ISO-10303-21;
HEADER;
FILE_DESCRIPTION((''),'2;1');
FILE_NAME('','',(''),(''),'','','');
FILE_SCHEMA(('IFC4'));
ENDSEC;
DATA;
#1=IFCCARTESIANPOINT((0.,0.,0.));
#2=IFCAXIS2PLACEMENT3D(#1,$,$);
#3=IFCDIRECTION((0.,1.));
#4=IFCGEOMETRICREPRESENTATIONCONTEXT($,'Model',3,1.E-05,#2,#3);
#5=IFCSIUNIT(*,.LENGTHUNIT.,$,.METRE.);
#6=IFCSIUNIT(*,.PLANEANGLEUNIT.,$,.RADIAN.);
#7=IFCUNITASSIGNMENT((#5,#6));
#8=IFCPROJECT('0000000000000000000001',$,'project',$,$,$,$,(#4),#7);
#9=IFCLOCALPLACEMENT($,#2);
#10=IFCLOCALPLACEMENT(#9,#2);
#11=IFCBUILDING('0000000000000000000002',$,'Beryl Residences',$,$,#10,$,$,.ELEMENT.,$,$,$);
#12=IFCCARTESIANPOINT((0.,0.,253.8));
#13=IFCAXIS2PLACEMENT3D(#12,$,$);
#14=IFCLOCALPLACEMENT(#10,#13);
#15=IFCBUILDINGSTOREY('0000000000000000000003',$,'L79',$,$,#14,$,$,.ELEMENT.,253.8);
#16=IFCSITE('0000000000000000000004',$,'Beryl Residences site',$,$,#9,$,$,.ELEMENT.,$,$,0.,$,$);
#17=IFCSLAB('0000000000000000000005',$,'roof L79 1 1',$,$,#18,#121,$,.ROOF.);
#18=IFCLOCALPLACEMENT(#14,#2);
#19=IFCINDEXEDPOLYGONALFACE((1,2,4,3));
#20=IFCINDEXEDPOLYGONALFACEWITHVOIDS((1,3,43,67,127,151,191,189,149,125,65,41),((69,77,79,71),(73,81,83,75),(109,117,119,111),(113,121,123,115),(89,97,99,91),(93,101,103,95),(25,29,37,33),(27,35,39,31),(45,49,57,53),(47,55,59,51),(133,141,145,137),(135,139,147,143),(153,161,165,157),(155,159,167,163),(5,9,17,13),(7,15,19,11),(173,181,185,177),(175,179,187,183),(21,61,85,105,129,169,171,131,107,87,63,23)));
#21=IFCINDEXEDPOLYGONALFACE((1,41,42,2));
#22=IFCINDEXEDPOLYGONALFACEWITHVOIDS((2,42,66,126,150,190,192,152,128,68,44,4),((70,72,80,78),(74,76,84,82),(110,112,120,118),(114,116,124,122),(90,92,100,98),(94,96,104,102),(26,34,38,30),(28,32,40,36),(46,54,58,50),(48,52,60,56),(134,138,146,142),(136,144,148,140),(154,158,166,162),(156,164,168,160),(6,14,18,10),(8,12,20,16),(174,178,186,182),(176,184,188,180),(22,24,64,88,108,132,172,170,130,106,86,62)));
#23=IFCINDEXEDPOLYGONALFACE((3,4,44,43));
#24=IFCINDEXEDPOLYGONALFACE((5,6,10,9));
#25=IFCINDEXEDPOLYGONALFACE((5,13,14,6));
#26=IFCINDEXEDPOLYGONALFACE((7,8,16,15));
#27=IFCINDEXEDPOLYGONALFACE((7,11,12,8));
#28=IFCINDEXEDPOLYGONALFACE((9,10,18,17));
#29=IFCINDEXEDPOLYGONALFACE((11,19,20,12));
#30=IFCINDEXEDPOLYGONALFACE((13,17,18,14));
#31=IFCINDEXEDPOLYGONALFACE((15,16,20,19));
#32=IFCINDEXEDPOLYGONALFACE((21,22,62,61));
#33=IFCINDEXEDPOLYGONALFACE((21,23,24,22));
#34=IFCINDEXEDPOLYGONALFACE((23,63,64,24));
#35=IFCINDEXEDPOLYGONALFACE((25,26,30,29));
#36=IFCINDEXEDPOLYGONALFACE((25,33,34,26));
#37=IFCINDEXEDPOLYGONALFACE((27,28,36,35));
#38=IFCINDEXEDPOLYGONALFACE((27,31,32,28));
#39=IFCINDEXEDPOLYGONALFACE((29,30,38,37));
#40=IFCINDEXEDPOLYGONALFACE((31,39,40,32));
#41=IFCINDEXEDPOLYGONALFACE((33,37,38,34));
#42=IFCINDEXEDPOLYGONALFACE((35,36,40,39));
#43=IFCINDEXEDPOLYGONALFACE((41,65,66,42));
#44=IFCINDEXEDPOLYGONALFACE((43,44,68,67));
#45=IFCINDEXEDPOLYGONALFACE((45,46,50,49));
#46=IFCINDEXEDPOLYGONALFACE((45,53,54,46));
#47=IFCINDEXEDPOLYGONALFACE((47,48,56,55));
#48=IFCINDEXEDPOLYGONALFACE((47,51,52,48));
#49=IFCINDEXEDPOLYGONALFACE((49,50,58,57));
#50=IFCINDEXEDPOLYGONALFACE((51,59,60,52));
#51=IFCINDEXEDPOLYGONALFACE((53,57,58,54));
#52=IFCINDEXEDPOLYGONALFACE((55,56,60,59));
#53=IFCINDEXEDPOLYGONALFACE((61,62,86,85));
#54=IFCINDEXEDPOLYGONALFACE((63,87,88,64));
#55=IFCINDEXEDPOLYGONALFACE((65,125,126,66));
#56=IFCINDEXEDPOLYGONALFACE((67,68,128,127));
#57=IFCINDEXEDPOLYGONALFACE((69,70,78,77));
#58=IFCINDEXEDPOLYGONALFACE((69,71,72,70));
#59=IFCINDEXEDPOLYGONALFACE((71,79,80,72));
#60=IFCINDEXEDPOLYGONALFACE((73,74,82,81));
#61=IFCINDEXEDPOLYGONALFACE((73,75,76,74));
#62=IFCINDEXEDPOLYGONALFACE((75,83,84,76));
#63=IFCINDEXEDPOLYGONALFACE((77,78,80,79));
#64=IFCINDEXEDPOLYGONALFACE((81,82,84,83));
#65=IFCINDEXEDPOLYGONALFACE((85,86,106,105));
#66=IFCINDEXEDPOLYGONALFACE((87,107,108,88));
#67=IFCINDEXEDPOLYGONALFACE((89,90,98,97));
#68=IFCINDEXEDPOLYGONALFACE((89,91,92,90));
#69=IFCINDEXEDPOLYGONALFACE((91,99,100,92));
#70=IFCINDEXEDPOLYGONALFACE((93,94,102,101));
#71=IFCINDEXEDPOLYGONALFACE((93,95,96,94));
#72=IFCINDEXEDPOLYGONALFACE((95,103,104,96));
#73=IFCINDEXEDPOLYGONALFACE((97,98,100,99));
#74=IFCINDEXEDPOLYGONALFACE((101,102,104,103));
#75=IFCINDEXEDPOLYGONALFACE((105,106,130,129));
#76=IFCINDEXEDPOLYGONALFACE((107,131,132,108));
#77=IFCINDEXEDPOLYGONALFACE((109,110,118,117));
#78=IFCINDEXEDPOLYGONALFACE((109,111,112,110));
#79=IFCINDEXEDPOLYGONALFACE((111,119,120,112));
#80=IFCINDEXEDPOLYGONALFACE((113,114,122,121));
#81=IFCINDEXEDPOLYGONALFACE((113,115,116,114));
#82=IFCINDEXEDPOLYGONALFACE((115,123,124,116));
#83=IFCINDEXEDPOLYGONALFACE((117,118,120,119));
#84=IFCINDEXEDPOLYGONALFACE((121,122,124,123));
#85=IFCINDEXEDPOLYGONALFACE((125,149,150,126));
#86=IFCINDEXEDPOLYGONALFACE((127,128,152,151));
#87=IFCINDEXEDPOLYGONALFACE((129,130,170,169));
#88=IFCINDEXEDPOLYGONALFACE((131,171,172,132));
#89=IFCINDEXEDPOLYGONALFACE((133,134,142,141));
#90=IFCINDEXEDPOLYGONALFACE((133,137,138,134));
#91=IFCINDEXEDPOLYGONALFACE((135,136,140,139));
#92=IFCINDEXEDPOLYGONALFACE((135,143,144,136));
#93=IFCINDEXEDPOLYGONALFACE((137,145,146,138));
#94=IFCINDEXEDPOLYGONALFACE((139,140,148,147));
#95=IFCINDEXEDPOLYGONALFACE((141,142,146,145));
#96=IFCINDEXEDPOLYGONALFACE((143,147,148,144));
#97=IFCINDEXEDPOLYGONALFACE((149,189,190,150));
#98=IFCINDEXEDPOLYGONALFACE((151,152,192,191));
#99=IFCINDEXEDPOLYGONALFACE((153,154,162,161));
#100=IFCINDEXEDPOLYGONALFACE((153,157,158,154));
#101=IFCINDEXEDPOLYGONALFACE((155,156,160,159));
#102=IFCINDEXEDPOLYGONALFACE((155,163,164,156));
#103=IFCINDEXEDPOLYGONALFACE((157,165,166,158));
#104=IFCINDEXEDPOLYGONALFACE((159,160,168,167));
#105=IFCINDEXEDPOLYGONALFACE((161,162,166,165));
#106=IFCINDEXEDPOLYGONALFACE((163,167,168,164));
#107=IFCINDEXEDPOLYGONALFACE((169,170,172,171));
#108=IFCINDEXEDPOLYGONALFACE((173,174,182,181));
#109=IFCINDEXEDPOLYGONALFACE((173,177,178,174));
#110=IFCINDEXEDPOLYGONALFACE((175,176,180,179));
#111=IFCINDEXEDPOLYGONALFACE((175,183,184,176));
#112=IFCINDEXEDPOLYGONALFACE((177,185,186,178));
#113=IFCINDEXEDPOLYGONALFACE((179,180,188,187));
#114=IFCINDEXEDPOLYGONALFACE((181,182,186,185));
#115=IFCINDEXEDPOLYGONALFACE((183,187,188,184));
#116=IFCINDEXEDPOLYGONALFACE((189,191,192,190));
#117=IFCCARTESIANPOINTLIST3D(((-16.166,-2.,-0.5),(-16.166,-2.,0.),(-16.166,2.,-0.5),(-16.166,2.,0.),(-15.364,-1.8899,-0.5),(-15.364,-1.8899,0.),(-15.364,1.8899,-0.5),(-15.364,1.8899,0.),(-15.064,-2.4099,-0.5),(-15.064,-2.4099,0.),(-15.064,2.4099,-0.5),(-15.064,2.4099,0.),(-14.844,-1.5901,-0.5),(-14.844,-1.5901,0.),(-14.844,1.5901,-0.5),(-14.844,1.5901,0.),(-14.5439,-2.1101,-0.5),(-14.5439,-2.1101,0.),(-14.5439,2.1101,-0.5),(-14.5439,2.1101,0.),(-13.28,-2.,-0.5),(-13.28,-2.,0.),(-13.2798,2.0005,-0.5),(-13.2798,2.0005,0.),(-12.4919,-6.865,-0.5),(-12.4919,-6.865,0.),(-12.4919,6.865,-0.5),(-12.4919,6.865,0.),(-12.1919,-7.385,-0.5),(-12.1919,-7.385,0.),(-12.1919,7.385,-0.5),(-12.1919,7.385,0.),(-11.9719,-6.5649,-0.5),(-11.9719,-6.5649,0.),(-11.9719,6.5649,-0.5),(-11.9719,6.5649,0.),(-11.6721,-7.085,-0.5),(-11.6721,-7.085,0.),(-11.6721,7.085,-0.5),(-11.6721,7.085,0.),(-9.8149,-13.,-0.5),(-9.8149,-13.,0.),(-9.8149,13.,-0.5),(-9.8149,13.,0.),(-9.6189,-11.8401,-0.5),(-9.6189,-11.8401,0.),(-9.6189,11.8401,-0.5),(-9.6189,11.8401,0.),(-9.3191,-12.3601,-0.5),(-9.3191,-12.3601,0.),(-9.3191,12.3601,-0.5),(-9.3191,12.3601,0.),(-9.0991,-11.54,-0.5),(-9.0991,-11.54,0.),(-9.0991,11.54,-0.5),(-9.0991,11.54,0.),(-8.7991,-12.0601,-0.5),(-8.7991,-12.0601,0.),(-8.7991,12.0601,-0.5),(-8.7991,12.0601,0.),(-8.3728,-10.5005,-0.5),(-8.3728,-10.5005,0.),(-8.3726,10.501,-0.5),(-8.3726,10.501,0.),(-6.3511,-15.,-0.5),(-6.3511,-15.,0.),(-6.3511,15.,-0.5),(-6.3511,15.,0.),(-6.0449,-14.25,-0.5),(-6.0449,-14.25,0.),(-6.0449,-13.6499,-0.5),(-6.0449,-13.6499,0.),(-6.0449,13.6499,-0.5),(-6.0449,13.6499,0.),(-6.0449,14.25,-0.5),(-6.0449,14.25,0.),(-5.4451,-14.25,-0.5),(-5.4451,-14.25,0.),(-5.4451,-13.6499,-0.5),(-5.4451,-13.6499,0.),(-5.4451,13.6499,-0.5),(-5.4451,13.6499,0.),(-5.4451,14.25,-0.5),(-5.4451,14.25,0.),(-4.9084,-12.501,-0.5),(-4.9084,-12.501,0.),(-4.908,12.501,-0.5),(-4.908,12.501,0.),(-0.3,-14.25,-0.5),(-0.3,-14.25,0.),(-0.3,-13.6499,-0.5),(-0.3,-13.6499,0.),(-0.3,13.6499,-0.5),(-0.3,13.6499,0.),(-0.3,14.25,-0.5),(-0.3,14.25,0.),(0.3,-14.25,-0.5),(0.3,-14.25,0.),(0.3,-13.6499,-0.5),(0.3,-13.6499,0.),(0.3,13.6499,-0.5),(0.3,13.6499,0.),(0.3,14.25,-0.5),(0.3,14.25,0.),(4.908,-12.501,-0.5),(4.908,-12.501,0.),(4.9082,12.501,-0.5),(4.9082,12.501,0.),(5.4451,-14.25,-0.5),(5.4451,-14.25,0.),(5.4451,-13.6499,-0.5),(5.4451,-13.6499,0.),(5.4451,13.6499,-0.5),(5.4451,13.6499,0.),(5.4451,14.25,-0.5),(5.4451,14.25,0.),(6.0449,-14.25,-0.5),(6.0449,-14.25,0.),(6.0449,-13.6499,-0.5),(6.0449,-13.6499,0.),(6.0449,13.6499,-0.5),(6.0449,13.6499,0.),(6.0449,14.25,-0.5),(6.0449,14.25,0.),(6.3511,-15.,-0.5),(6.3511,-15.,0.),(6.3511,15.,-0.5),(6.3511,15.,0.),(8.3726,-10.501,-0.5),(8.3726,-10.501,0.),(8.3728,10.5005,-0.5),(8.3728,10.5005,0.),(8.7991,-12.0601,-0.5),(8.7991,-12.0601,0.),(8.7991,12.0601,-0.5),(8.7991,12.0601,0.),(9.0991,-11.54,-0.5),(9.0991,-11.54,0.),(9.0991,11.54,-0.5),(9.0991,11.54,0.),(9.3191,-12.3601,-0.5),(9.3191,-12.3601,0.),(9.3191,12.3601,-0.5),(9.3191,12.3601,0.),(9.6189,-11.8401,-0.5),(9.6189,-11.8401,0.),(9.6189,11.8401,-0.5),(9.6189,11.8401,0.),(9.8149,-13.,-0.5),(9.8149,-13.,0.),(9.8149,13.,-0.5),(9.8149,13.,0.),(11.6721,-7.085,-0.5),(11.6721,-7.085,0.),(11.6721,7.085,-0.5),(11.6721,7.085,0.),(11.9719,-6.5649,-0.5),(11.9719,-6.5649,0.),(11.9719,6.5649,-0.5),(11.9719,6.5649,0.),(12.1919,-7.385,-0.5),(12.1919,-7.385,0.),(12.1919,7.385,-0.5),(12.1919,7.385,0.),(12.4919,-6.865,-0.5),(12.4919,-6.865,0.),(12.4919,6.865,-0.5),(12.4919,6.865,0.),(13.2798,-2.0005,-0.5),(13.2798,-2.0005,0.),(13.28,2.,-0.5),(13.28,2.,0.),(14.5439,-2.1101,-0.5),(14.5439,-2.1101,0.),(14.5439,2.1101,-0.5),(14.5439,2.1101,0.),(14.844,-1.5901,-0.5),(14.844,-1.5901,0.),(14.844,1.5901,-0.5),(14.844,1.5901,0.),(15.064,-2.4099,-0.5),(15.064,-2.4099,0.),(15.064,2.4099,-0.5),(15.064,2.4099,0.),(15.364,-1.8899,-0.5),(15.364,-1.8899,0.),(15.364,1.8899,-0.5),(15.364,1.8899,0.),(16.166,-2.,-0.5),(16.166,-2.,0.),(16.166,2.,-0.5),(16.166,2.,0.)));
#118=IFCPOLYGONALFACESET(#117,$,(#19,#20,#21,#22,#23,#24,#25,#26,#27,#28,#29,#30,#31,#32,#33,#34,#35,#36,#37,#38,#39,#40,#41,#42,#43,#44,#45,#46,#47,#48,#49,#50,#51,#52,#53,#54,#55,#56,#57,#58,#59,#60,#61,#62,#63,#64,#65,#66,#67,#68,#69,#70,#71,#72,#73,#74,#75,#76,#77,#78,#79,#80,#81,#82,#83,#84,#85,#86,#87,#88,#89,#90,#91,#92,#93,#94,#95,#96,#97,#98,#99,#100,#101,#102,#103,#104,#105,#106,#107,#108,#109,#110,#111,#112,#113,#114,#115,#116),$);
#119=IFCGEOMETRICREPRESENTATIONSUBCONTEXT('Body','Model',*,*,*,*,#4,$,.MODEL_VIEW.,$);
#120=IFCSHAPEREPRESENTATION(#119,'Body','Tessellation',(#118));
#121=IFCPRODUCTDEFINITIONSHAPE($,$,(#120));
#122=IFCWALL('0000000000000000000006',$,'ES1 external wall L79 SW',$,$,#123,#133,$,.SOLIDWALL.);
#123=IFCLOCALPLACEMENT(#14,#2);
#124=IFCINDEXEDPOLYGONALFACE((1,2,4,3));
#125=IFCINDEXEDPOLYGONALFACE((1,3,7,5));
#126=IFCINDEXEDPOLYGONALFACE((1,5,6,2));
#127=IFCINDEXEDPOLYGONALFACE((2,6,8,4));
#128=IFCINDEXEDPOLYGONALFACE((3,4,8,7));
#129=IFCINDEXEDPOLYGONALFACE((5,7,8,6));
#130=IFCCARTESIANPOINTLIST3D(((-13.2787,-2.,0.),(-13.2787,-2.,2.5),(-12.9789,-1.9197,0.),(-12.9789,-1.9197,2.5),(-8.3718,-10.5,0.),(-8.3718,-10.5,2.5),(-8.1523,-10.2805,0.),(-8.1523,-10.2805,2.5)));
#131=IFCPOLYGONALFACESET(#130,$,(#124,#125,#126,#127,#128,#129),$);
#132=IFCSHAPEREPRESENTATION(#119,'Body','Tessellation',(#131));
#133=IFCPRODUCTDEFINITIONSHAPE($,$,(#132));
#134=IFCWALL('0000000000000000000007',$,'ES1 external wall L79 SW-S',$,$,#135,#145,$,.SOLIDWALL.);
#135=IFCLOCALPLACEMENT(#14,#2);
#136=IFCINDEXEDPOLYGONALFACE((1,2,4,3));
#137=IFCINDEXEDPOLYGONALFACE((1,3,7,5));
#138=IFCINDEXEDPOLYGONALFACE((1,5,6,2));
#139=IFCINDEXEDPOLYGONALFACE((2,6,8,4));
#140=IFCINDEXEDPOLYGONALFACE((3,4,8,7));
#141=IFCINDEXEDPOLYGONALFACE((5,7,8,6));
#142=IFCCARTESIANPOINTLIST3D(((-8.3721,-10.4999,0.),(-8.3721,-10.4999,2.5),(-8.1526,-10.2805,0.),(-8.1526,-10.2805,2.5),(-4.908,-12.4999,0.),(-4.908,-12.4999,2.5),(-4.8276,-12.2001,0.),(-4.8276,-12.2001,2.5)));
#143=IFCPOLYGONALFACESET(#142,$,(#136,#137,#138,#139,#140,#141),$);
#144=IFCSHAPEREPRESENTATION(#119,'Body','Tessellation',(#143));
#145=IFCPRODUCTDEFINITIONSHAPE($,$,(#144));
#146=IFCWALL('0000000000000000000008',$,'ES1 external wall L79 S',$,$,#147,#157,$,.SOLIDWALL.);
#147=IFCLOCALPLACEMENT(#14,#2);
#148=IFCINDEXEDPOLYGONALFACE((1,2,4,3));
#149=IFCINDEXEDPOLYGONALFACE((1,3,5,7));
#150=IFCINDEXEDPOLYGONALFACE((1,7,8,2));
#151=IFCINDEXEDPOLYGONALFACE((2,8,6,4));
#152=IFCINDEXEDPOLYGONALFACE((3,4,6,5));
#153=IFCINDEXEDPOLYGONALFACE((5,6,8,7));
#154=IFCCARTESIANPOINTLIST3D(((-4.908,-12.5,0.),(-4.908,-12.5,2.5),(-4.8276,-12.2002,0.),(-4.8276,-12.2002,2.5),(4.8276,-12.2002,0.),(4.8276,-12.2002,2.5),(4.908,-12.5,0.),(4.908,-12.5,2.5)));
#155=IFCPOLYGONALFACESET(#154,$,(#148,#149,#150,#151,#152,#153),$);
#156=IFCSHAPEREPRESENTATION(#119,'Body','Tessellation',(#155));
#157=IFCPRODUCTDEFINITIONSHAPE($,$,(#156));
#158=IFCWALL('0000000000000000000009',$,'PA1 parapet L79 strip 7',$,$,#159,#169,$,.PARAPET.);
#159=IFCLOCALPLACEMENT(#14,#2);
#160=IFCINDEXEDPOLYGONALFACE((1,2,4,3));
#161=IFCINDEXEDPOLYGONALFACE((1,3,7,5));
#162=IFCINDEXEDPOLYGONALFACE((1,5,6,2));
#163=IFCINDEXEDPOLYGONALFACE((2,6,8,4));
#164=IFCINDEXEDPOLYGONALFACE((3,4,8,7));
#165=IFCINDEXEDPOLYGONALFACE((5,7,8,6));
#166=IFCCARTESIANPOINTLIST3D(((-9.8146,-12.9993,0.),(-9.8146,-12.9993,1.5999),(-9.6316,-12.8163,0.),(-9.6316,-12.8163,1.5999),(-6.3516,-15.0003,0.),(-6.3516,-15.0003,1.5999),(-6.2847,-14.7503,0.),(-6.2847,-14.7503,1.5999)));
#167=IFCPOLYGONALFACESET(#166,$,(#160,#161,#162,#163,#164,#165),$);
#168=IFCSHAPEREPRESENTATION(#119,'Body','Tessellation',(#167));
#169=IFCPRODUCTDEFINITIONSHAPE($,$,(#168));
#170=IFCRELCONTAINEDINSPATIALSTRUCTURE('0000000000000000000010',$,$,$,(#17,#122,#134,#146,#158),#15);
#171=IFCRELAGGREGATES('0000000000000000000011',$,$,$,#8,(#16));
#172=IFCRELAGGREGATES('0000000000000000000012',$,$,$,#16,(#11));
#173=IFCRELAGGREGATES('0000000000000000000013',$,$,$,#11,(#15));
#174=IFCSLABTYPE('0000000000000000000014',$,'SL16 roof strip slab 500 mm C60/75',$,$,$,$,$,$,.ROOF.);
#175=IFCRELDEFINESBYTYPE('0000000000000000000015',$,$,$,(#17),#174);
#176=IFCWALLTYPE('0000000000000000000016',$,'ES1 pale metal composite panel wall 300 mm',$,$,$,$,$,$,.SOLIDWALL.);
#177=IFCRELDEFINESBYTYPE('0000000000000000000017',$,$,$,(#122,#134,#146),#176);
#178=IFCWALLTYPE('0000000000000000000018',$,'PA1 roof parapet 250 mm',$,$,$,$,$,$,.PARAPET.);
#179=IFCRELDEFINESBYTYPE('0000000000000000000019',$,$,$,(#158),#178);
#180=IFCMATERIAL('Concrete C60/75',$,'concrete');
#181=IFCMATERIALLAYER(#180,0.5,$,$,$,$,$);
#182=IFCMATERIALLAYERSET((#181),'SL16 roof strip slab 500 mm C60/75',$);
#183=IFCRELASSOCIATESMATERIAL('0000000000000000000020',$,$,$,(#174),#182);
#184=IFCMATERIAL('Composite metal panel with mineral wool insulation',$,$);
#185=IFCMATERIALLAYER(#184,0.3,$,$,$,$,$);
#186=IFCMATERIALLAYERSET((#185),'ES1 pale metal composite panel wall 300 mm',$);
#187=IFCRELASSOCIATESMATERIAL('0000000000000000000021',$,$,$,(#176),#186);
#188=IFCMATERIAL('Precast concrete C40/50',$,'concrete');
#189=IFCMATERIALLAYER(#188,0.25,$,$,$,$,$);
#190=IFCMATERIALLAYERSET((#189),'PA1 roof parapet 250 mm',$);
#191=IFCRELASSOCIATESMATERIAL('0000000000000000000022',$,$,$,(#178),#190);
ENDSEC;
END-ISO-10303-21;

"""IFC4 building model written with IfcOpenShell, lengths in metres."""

from ifc_helpers import new_model, si_unit, direction, frame, origin, place, context, subcontext, project, spatial, polyline, outline, extrude, material, layer, layer_set, type_object, element, save


model = new_model("IFC4")

# Units and contexts
model_context = context("Model", 3, precision=1e-05, world=origin(), true_north=direction((0.0, 1.0)))
body_context = subcontext(model_context, "Body", "Model", "MODEL_VIEW")
ifc_project = project(units=[si_unit("LENGTHUNIT", "METRE"), si_unit("PLANEANGLEUNIT", "RADIAN")], contexts=[model_context])

# Site, building, storey
site_placement = place(None, origin())
site = spatial("IfcSite", under=ifc_project, at=site_placement, Name="Beryl Residences site", CompositionType="ELEMENT", RefElevation=0.0)
building_placement = place(site_placement, origin())
building = spatial("IfcBuilding", under=site, at=building_placement, Name="Beryl Residences", CompositionType="ELEMENT")
storey_placement = place(building_placement, frame((0.0, 0.0, 253.8)))
storey = spatial("IfcBuildingStorey", under=building, at=storey_placement, Name="L79", CompositionType="ELEMENT", Elevation=253.8)

# Slab
ifc_material_1 = material(Name="Concrete C60/75", Category="concrete")
ifc_layer_1 = layer(ifc_material_1, 0.5)
ifc_layer_set_1 = layer_set([ifc_layer_1], Name="SL16 roof strip slab 500 mm C60/75")
slab_type_1 = type_object("IfcSlabType", Name="SL16 roof strip slab 500 mm C60/75", PredefinedType="ROOF", material=ifc_layer_set_1)
slab_1_placement = place(storey_placement, frame((0.0, 0.0, -0.5)))
element("IfcSlab", 1, at=slab_1_placement, inside=storey, type_object=slab_type_1, Name="roof L79 1 1", PredefinedType="ROOF", context=body_context, shape_type="SweptSolid", body=[
    extrude(outline(polyline([(16.166, -2.0), (9.8149, -13.0), (6.3511, -15.0), (-6.3511, -15.0), (-9.8149, -13.0), (-16.166, -2.0), (-16.166, 2.0), (-9.8149, 13.0), (-6.3511, 15.0), (6.3511, 15.0), (9.8149, 13.0), (16.166, 2.0), (16.166, -2.0)]), holes=[polyline([(14.844, 1.5901), (15.364, 1.8899), (15.064, 2.4099), (14.5439, 2.1101), (14.844, 1.5901)]), polyline([(14.5439, -2.1101), (15.064, -2.4099), (15.364, -1.8899), (14.844, -1.5901), (14.5439, -2.1101)]), polyline([(4.9082, 12.501), (-4.908, 12.501), (-8.3726, 10.501), (-13.2798, 2.0005), (-13.28, -2.0), (-8.3728, -10.5005), (-4.9084, -12.501), (4.908, -12.501), (8.3726, -10.501), (13.2798, -2.0005), (13.28, 2.0), (8.3728, 10.5005), (4.9082, 12.501)]), polyline([(11.6721, -7.085), (12.1919, -7.385), (12.4919, -6.865), (11.9719, -6.5649), (11.6721, -7.085)]), polyline([(11.9719, 6.5649), (12.4919, 6.865), (12.1919, 7.385), (11.6721, 7.085), (11.9719, 6.5649)]), polyline([(9.0991, 11.54), (9.6189, 11.8401), (9.3191, 12.3601), (8.7991, 12.0601), (9.0991, 11.54)]), polyline([(9.3191, -12.3601), (9.6189, -11.8401), (9.0991, -11.54), (8.7991, -12.0601), (9.3191, -12.3601)]), polyline([(5.4451, -14.25), (6.0449, -14.25), (6.0449, -13.6499), (5.4451, -13.6499), (5.4451, -14.25)]), polyline([(5.4451, 13.6499), (6.0449, 13.6499), (6.0449, 14.25), (5.4451, 14.25), (5.4451, 13.6499)]), polyline([(-0.3, -14.25), (0.3, -14.25), (0.3, -13.6499), (-0.3, -13.6499), (-0.3, -14.25)]), polyline([(-0.3, 13.6499), (0.3, 13.6499), (0.3, 14.25), (-0.3, 14.25), (-0.3, 13.6499)]), polyline([(-6.0449, -14.25), (-5.4451, -14.25), (-5.4451, -13.6499), (-6.0449, -13.6499), (-6.0449, -14.25)]), polyline([(-6.0449, 13.6499), (-5.4451, 13.6499), (-5.4451, 14.25), (-6.0449, 14.25), (-6.0449, 13.6499)]), polyline([(-9.6189, -11.8401), (-9.3191, -12.3601), (-8.7991, -12.0601), (-9.0991, -11.54), (-9.6189, -11.8401)]), polyline([(-8.7991, 12.0601), (-9.3191, 12.3601), (-9.6189, 11.8401), (-9.0991, 11.54), (-8.7991, 12.0601)]), polyline([(-11.6721, 7.085), (-12.1919, 7.385), (-12.4919, 6.865), (-11.9719, 6.5649), (-11.6721, 7.085)]), polyline([(-11.9719, -6.5649), (-12.4919, -6.865), (-12.1919, -7.385), (-11.6721, -7.085), (-11.9719, -6.5649)]), polyline([(-14.844, -1.5901), (-15.364, -1.8899), (-15.064, -2.4099), (-14.5439, -2.1101), (-14.844, -1.5901)]), polyline([(-14.5439, 2.1101), (-15.064, 2.4099), (-15.364, 1.8899), (-14.844, 1.5901), (-14.5439, 2.1101)])]), origin(), (0.0, 0.0, 1.0), 0.5),
])

# Walls
ifc_material_2 = material(Name="Composite metal panel with mineral wool insulation")
ifc_layer_2 = layer(ifc_material_2, 0.3)
ifc_layer_set_2 = layer_set([ifc_layer_2], Name="ES1 pale metal composite panel wall 300 mm")
wall_type_1 = type_object("IfcWallType", Name="ES1 pale metal composite panel wall 300 mm", PredefinedType="SOLIDWALL", material=ifc_layer_set_2)
wall_1_placement = place(storey_placement, frame((-13.1489, -1.925, 0.0), z_axis=(0.0, 0.0, 1.0), x_axis=(0.499962, -0.866047, 0.0)))
element("IfcWall", 2, at=wall_1_placement, inside=storey, type_object=wall_type_1, Name="ES1 external wall L79 SW", PredefinedType="SOLIDWALL", context=body_context, shape_type="SweptSolid", body=[
    extrude(outline(polyline([(0.0, -0.1499), (9.8147, -0.1499), (9.7344, 0.1499), (0.0803, 0.1499), (0.0, -0.1499)])), origin(), (0.0, 0.0, 1.0), 2.5),
])
wall_2_placement = place(storey_placement, frame((-8.2971, -10.3701, 0.0), z_axis=(0.0, 0.0, 1.0), x_axis=(0.866026, -0.499999, 0.0)))
element("IfcWall", 3, at=wall_2_placement, inside=storey, type_object=wall_type_1, Name="ES1 external wall L79 SW-S", PredefinedType="SOLIDWALL", context=body_context, shape_type="SweptSolid", body=[
    extrude(outline(polyline([(0.0, -0.1499), (4.0, -0.1499), (3.9197, 0.1499), (0.0803, 0.1499), (0.0, -0.1499)])), origin(), (0.0, 0.0, 1.0), 2.5),
])
wall_3_placement = place(storey_placement, frame((-4.908, -12.3501, 0.0), z_axis=(0.0, 0.0, 1.0), x_axis=(1.0, 0.0, 0.0)))
element("IfcWall", 4, at=wall_3_placement, inside=storey, type_object=wall_type_1, Name="ES1 external wall L79 S", PredefinedType="SOLIDWALL", context=body_context, shape_type="SweptSolid", body=[
    extrude(outline(polyline([(0.0, -0.1499), (9.8159, -0.1499), (9.7356, 0.1499), (0.0803, 0.1499), (0.0, -0.1499)])), origin(), (0.0, 0.0, 1.0), 2.5),
])
ifc_material_3 = material(Name="Precast concrete C40/50", Category="concrete")
ifc_layer_3 = layer(ifc_material_3, 0.25)
ifc_layer_set_3 = layer_set([ifc_layer_3], Name="PA1 roof parapet 250 mm")
wall_type_2 = type_object("IfcWallType", Name="PA1 roof parapet 250 mm", PredefinedType="PARAPET", material=ifc_layer_set_3)
wall_4_placement = place(storey_placement, frame((-6.2891, -14.8921, 0.0), z_axis=(0.0, 0.0, 1.0), x_axis=(-0.865844, 0.500314, 0.0)))
element("IfcWall", 5, at=wall_4_placement, inside=storey, type_object=wall_type_2, Name="PA1 parapet L79 strip 7", PredefinedType="PARAPET", context=body_context, shape_type="SweptSolid", body=[
    extrude(outline(polyline([(0.0671, -0.125), (3.9326, -0.125), (3.9995, 0.125), (0.0, 0.125), (0.0671, -0.125)])), origin(), (0.0, 0.0, 1.0), 1.5999),
])

save(model, "model.ifc")
